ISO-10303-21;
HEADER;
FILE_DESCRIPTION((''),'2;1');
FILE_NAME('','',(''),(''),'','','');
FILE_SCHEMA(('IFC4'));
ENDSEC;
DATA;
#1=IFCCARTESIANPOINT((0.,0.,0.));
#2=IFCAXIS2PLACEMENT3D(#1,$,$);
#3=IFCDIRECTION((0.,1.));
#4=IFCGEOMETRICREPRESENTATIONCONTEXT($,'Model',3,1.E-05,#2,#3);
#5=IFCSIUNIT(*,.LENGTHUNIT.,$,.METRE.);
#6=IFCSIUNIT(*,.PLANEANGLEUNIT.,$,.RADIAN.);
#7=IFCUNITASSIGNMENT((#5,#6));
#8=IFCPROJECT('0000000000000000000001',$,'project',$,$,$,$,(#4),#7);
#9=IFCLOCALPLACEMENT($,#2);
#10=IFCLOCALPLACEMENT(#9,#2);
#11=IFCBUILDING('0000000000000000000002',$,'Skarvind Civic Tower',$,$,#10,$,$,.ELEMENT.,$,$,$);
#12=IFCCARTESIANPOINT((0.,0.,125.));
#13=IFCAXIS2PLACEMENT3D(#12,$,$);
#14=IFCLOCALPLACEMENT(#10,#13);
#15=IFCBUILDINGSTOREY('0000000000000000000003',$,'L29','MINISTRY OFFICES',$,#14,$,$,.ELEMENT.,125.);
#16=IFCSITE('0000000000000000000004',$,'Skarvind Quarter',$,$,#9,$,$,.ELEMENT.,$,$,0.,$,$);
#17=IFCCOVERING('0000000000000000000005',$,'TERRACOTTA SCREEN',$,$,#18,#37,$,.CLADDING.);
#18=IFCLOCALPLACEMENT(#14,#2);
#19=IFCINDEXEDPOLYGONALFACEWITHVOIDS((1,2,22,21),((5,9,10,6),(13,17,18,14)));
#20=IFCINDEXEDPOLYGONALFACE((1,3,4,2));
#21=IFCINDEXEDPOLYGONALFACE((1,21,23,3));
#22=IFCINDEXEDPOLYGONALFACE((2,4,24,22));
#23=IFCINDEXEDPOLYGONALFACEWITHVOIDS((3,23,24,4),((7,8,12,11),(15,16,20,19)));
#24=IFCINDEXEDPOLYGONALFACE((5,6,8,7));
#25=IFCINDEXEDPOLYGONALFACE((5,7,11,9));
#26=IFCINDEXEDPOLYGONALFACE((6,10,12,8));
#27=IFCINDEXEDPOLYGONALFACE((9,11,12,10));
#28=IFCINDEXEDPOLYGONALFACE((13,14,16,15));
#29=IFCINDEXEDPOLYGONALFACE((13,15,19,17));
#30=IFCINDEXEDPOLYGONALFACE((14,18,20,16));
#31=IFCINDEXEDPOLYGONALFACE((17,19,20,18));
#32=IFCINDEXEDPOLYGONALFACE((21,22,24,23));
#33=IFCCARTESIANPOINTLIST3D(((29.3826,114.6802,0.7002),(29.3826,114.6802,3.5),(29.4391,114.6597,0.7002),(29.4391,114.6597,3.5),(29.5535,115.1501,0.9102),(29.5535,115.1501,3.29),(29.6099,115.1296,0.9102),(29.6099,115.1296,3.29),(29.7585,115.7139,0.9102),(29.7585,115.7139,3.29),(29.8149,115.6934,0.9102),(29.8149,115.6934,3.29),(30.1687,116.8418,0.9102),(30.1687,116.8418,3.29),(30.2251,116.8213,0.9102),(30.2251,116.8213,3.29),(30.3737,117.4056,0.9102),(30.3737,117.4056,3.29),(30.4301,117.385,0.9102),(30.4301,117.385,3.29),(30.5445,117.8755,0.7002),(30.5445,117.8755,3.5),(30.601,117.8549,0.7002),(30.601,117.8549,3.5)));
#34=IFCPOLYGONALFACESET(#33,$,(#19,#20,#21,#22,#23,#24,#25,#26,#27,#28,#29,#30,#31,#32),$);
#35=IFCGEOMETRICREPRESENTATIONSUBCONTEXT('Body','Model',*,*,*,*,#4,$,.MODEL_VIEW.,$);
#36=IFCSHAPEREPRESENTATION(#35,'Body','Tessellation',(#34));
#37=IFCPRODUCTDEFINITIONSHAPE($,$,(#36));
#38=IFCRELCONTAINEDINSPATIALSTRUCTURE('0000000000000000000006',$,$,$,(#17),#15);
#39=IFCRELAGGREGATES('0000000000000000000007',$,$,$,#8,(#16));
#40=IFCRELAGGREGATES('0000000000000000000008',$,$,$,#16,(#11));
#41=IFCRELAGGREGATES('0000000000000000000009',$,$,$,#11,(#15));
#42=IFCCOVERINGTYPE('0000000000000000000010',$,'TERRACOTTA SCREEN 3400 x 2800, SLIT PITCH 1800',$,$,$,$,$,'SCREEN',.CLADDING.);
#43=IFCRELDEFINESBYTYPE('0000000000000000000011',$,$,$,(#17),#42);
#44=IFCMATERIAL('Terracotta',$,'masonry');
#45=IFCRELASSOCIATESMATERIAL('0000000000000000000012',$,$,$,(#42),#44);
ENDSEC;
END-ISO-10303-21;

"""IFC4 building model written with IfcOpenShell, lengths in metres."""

from ifc_helpers import new_model, si_unit, direction, frame, origin, place, context, subcontext, project, spatial, polyline, outline, extrude, material, material_profile, profile_set, type_object, element, save


model = new_model("IFC4")

# Units and contexts
model_context = context("Model", 3, precision=1e-05, world=origin(), true_north=direction((0.0, 1.0)))
body_context = subcontext(model_context, "Body", "Model", "MODEL_VIEW")
ifc_project = project(units=[si_unit("LENGTHUNIT", "METRE"), si_unit("PLANEANGLEUNIT", "RADIAN")], contexts=[model_context])

# Site, building, storey
site_placement = place(None, origin())
site = spatial("IfcSite", under=ifc_project, at=site_placement, Name="Skarvind Quarter", CompositionType="ELEMENT", RefElevation=0.0)
building_placement = place(site_placement, origin())
building = spatial("IfcBuilding", under=site, at=building_placement, Name="Skarvind Civic Tower", CompositionType="ELEMENT")
storey_placement = place(building_placement, frame((0.0, 0.0, 125.0)))
storey = spatial("IfcBuildingStorey", under=building, at=storey_placement, Name="L29", Description="MINISTRY OFFICES", CompositionType="ELEMENT", Elevation=125.0)

# Covering
ifc_material_1 = material(Name="Terracotta", Category="masonry")
ifc_material_profile_1 = material_profile(ifc_material_1, outline(polyline([(-1.7, -1.3999), (1.7, -1.3999), (1.7, 1.3999), (-1.7, 1.3999), (-1.7, -1.3999)]), holes=[polyline([(-1.2, -1.1899), (-0.6001, -1.1899), (-0.6001, 1.1899), (-1.2, 1.1899), (-1.2, -1.1899)]), polyline([(0.6001, -1.1899), (1.2, -1.1899), (1.2, 1.1899), (0.6001, 1.1899), (0.6001, -1.1899)])]), Name="TERRACOTTA SCREEN 3400 x 2800, SLIT PITCH 1800")
ifc_profile_set_1 = profile_set([ifc_material_profile_1], Name="Terracotta")
covering_type = type_object("IfcCoveringType", Name="TERRACOTTA SCREEN 3400 x 2800, SLIT PITCH 1800", ElementType="SCREEN", PredefinedType="CLADDING", material=ifc_profile_set_1)
covering_placement = place(storey_placement, frame((30.02, 116.2573, 2.1001), z_axis=(-0.939793, 0.341743, 0.0), x_axis=(-0.341743, -0.939793, 0.0)))
element("IfcCovering", 1, at=covering_placement, inside=storey, type_object=covering_type, Name="TERRACOTTA SCREEN", PredefinedType="CLADDING", context=body_context, shape_type="SweptSolid", body=[
    extrude(outline(polyline([(-1.7, -1.3999), (1.7, -1.3999), (1.7, 1.3999), (-1.7, 1.3999), (-1.7, -1.3999)]), holes=[polyline([(-1.2, -1.1899), (-0.6001, -1.1899), (-0.6001, 1.1899), (-1.2, 1.1899), (-1.2, -1.1899)]), polyline([(0.6001, -1.1899), (1.2, -1.1899), (1.2, 1.1899), (0.6001, 1.1899), (0.6001, -1.1899)])]), origin(), (0.0, 0.0, 1.0), 0.0601),
])

save(model, "model.ifc")
